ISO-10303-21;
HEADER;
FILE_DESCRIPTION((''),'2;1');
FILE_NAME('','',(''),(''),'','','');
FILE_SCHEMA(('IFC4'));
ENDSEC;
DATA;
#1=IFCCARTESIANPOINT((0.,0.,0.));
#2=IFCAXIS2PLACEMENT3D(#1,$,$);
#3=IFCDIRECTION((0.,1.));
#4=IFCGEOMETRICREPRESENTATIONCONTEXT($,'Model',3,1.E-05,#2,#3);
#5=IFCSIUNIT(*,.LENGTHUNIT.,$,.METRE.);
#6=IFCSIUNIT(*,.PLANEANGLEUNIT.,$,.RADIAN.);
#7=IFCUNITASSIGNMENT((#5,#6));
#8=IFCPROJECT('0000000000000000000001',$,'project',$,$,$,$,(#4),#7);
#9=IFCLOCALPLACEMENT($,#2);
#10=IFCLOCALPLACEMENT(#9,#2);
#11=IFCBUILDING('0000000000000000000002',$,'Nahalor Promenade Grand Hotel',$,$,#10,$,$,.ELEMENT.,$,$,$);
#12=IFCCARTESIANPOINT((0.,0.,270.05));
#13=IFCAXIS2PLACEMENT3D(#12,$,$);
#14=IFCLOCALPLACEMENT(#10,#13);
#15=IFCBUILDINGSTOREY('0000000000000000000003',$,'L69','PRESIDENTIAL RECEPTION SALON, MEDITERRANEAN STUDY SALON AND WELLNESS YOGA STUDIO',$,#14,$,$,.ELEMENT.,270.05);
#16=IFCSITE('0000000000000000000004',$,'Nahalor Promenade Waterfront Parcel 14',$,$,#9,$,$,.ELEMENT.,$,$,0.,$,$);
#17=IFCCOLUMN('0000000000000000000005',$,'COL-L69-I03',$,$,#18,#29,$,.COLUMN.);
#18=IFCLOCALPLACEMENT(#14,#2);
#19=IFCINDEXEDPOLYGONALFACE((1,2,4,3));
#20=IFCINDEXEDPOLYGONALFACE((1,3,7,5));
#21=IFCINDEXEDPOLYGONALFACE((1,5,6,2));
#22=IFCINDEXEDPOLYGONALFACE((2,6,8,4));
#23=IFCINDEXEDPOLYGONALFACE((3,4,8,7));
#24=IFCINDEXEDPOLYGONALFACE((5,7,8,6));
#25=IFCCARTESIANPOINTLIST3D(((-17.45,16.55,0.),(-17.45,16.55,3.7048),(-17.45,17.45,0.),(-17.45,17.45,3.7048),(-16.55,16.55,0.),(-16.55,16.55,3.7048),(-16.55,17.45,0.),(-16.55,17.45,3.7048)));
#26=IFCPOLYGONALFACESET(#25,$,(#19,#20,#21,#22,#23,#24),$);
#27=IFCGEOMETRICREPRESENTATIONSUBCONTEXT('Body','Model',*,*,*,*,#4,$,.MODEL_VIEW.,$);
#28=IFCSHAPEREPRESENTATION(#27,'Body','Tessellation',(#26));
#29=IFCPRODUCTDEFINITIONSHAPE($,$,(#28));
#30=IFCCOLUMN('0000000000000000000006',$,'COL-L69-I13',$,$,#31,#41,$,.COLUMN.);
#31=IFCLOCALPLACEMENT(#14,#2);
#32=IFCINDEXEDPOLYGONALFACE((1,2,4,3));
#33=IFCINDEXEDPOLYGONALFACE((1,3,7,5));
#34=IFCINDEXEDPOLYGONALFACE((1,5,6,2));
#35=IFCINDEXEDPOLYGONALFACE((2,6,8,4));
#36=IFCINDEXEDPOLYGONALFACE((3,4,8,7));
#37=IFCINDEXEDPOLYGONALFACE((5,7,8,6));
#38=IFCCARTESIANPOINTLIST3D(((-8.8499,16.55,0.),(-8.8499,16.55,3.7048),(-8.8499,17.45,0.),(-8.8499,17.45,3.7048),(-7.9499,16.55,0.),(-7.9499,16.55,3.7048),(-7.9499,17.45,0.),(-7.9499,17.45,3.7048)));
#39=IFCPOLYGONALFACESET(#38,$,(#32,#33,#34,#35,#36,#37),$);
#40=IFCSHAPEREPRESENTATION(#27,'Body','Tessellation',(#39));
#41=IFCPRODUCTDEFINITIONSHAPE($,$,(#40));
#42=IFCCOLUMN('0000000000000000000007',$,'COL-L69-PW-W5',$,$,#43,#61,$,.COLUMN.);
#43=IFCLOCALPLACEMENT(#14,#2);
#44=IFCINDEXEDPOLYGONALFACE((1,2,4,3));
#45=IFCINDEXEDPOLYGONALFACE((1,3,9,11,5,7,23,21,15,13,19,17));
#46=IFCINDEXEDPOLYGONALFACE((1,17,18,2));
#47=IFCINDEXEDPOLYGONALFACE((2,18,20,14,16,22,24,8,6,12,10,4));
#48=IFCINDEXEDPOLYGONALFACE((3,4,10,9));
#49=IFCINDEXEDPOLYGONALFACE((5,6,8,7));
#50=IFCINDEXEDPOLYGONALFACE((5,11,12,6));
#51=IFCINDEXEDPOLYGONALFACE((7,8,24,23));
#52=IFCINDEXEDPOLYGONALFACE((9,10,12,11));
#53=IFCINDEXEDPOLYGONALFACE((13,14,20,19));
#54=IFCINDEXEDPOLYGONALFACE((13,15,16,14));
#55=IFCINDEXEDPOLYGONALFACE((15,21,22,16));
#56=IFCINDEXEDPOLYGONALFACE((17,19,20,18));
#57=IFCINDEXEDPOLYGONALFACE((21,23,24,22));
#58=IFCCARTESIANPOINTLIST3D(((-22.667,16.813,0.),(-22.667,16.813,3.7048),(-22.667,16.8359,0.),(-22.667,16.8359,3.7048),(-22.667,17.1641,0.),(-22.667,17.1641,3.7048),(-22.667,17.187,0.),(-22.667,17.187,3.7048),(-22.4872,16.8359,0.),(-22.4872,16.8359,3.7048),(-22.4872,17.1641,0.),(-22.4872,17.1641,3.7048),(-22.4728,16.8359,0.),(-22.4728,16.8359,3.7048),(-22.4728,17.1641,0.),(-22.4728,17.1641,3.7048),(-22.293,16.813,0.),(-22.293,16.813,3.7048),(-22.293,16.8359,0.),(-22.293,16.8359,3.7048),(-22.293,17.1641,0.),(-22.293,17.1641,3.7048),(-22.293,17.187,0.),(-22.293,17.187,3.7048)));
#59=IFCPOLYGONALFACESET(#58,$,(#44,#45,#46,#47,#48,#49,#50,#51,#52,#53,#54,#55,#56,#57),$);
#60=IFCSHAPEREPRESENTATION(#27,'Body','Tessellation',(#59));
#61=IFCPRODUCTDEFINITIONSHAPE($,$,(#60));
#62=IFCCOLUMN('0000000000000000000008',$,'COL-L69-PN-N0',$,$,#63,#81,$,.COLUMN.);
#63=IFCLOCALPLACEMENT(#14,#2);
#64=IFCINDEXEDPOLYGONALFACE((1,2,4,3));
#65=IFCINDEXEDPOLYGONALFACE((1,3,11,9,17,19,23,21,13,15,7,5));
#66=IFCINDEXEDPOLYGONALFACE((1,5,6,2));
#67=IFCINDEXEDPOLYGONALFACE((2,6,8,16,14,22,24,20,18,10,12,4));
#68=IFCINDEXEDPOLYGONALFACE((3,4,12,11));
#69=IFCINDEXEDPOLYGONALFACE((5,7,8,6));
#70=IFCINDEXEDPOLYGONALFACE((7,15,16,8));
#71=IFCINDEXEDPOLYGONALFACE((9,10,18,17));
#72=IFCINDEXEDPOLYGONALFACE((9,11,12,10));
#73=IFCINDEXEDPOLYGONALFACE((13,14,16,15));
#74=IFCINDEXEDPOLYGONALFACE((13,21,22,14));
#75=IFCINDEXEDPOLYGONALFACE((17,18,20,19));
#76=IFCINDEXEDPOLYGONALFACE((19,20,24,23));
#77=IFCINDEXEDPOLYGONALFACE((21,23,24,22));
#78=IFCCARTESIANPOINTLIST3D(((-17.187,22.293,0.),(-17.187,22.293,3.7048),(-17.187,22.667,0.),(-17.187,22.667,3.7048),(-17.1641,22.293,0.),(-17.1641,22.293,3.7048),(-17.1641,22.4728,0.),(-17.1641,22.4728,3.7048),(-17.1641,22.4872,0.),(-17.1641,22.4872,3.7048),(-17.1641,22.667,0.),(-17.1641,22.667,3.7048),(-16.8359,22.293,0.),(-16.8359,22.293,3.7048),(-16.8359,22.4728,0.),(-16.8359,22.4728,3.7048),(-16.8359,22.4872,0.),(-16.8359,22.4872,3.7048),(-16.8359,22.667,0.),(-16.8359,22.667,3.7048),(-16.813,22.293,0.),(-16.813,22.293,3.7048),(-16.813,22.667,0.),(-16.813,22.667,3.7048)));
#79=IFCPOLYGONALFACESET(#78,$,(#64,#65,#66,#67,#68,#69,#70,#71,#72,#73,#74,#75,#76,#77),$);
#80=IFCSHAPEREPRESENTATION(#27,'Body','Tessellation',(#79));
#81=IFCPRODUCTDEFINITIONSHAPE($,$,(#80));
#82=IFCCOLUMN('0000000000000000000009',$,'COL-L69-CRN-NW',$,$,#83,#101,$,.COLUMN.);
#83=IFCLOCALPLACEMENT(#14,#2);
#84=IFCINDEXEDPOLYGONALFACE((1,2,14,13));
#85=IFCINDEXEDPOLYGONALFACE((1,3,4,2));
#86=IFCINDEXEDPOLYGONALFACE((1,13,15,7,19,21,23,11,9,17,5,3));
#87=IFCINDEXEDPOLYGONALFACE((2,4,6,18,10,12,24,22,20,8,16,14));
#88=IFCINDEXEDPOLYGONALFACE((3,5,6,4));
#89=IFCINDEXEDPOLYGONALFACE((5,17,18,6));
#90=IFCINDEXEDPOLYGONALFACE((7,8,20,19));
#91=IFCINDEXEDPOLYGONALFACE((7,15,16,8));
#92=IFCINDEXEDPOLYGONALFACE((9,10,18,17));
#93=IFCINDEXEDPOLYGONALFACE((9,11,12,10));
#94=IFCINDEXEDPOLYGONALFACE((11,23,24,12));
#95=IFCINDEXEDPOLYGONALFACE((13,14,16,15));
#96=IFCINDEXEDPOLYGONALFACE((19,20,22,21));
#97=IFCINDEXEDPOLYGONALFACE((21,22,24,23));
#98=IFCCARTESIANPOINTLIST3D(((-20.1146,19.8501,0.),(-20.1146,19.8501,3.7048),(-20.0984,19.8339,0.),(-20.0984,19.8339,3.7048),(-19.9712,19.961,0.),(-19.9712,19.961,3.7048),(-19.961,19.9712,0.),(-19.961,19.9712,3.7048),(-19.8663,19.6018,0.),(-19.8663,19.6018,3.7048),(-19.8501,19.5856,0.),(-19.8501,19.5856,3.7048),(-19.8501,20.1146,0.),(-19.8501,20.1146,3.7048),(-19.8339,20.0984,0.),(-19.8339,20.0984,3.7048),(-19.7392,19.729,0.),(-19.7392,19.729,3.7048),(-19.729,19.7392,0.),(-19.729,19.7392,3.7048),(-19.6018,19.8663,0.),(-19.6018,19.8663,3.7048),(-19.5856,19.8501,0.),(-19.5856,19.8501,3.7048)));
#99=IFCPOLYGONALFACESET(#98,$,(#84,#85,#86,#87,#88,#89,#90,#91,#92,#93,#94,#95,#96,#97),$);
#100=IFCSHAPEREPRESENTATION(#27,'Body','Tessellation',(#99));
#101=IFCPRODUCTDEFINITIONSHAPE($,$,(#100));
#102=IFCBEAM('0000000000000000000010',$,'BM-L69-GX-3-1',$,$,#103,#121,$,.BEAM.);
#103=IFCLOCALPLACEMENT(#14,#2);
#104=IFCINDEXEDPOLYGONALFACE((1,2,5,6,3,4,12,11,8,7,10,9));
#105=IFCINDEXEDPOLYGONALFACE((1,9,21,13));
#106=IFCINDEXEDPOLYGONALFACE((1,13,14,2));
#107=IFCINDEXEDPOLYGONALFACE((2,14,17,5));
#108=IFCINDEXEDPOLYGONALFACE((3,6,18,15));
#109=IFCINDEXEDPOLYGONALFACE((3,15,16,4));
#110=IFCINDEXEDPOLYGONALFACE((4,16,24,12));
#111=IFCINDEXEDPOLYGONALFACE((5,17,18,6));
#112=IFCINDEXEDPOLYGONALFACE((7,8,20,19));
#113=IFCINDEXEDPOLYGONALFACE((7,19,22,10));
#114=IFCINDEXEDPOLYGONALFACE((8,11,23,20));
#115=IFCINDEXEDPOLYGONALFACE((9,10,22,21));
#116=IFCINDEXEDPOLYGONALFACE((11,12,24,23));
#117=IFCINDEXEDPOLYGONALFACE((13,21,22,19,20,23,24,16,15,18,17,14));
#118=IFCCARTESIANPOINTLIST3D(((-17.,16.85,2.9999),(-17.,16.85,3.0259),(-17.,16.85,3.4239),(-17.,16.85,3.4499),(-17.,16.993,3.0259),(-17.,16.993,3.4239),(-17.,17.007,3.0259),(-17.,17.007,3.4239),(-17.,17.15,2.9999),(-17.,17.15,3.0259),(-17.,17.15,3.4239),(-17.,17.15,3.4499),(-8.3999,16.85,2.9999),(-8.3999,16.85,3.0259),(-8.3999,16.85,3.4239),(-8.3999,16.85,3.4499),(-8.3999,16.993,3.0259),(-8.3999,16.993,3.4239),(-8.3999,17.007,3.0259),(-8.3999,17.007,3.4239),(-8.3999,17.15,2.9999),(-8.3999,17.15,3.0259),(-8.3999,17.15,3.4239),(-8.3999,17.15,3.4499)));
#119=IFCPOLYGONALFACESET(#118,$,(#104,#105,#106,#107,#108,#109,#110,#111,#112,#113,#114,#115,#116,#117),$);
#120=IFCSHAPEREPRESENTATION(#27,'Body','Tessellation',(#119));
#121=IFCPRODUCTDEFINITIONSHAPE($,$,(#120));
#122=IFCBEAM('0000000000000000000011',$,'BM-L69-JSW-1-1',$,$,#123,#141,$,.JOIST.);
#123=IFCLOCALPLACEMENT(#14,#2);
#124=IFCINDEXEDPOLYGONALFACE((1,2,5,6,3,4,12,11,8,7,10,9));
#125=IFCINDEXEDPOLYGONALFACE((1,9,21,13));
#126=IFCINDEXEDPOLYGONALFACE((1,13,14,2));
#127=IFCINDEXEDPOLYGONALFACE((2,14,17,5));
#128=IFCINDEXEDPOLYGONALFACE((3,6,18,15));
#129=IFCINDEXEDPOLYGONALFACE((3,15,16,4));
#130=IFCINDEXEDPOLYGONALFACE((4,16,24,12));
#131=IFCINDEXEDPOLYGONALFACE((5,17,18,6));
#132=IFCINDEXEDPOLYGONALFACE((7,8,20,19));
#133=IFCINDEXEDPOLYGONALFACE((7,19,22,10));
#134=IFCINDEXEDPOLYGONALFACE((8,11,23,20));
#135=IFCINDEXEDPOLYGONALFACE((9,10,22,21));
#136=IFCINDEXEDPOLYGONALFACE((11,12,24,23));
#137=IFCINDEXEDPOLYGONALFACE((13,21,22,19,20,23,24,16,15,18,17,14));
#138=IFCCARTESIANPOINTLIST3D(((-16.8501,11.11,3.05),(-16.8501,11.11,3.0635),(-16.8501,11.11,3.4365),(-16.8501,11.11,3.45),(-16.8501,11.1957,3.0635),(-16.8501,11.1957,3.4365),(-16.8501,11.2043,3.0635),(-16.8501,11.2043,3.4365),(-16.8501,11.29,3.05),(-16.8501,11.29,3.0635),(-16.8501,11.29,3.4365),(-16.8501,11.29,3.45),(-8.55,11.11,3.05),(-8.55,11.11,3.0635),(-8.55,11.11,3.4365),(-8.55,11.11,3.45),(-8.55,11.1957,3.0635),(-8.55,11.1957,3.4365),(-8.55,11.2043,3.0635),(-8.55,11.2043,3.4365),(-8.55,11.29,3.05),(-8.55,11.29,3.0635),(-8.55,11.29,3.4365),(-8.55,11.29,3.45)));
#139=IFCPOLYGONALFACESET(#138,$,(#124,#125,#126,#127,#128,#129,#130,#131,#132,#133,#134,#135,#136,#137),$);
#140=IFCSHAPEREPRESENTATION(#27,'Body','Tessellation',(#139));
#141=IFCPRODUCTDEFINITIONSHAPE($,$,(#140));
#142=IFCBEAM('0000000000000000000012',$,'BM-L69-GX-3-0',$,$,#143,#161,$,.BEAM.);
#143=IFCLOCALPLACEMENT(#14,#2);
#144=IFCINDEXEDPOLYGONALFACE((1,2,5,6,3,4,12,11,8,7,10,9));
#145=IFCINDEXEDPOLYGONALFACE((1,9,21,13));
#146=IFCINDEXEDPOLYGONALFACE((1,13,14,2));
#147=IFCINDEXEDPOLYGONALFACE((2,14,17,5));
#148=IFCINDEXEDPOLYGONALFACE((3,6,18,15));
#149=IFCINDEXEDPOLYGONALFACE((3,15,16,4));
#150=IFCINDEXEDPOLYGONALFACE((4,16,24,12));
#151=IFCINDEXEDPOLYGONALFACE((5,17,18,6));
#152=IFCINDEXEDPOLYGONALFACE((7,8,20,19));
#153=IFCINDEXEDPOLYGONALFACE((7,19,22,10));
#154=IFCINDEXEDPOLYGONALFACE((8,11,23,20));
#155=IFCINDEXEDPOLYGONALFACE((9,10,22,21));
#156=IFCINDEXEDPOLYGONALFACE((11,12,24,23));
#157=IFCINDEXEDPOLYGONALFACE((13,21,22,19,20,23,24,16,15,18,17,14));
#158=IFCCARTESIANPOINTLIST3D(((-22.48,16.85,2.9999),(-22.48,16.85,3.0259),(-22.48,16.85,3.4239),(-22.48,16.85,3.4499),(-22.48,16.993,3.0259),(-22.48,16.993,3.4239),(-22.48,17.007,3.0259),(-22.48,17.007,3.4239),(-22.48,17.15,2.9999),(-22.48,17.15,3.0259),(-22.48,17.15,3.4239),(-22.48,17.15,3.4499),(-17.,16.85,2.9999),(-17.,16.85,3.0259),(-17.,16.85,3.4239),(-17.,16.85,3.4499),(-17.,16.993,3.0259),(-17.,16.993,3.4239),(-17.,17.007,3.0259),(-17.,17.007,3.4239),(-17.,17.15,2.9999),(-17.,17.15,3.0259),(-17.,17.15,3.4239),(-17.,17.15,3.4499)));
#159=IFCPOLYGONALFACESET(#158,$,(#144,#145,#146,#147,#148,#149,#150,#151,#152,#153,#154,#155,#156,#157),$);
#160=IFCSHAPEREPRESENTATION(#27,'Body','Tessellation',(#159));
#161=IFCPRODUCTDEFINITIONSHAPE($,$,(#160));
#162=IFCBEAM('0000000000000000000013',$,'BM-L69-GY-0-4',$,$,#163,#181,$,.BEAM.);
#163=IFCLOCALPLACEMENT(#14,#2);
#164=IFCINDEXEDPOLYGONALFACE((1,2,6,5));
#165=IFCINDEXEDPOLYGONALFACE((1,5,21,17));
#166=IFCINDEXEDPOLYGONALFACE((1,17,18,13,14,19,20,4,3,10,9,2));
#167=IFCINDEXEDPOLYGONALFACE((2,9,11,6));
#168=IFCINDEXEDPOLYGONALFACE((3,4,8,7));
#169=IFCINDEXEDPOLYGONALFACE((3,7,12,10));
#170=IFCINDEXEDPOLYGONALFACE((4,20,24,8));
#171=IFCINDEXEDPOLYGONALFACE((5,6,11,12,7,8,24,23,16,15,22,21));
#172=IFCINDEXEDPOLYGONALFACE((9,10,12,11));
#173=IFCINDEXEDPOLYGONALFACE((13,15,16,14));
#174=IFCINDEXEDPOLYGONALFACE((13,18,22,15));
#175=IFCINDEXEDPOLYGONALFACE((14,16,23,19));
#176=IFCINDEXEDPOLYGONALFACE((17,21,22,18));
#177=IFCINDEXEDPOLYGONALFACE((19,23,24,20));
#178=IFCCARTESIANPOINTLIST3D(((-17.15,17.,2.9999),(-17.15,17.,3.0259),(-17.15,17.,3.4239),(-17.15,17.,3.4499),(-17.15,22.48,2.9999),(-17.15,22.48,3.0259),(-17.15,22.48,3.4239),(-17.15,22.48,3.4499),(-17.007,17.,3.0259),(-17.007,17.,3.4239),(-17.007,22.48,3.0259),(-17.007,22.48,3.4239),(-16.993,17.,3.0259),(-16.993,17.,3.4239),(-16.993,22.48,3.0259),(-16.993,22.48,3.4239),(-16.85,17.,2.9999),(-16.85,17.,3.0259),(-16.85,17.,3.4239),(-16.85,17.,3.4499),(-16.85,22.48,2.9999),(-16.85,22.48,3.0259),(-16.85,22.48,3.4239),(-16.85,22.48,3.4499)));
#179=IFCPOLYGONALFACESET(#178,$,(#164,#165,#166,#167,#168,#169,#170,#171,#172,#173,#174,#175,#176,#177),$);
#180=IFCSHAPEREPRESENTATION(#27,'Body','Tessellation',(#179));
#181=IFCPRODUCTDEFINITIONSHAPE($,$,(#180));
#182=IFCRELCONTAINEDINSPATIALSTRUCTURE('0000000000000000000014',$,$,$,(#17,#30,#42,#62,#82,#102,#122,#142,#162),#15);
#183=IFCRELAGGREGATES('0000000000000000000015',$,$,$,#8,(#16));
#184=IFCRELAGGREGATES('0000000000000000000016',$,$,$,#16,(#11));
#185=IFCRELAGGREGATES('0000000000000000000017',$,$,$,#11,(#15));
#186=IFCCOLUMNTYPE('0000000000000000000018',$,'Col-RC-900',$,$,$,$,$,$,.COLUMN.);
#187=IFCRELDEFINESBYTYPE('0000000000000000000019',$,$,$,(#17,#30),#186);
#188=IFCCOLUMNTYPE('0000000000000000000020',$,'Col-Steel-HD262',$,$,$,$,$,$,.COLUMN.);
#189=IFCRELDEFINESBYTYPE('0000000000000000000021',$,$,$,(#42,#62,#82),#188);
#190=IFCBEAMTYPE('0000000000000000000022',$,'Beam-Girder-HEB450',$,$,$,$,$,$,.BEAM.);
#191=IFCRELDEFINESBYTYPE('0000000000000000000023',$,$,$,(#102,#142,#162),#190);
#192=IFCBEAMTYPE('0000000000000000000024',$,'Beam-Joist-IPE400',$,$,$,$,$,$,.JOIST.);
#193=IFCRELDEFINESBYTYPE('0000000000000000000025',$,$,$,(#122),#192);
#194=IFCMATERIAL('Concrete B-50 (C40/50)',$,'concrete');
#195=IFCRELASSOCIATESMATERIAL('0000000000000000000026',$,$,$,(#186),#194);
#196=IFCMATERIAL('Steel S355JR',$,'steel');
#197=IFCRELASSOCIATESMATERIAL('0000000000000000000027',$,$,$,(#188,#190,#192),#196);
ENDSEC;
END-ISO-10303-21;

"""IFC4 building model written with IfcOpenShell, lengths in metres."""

from ifc_helpers import new_model, si_unit, direction, frame, origin, origin_2d, place, context, subcontext, project, spatial, rectangle, i_section, extrude, source, transform, mapped, material, material_profile, profile_set, type_object, element, save


model = new_model("IFC4")

# Units and contexts
model_context = context("Model", 3, precision=1e-05, world=origin(), true_north=direction((0.0, 1.0)))
body_context = subcontext(model_context, "Body", "Model", "MODEL_VIEW")
ifc_project = project(units=[si_unit("LENGTHUNIT", "METRE"), si_unit("PLANEANGLEUNIT", "RADIAN")], contexts=[model_context])

# Site, building, storey
site_placement = place(None, origin())
site = spatial("IfcSite", under=ifc_project, at=site_placement, Name="Nahalor Promenade Waterfront Parcel 14", CompositionType="ELEMENT", RefElevation=0.0)
building_placement = place(site_placement, origin())
building = spatial("IfcBuilding", under=site, at=building_placement, Name="Nahalor Promenade Grand Hotel", CompositionType="ELEMENT")
storey_placement = place(building_placement, frame((0.0, 0.0, 270.05)))
storey = spatial("IfcBuildingStorey", under=building, at=storey_placement, Name="L69", Description="PRESIDENTIAL RECEPTION SALON, MEDITERRANEAN STUDY SALON AND WELLNESS YOGA STUDIO", CompositionType="ELEMENT", Elevation=270.05)

# Columns
ifc_material_1 = material(Name="Concrete B-50 (C40/50)", Category="concrete")
ifc_material_profile_1 = material_profile(ifc_material_1, rectangle(XDim=0.9, YDim=0.9, at=origin_2d()), Name="RC 900x900")
ifc_profile_set_1 = profile_set([ifc_material_profile_1], Name="Concrete B-50 (C40/50)")
column_type_1 = type_object("IfcColumnType", Name="Col-RC-900", PredefinedType="COLUMN", material=ifc_profile_set_1)
shared_shape_1 = source(origin(), body_context, "Body", "SweptSolid", [
    extrude(rectangle(XDim=0.9, YDim=0.9, at=origin_2d()), origin(), (0.0, 0.0, 1.0), 3.7048),
])
for number, where, z_axis, x_axis, name in (
    (1, (-17.0, 17.0, 0.0), (0.0, 0.0, 1.0), (1.0, 0.0, 0.0), "COL-L69-I03"),
    (2, (-8.3999, 17.0, 0.0), (0.0, 0.0, 1.0), (1.0, 0.0, 0.0), "COL-L69-I13"),
):
    element("IfcColumn", number, at=place(storey_placement, frame(where, z_axis=z_axis, x_axis=x_axis)), inside=storey, type_object=column_type_1, Name=name, PredefinedType="COLUMN", context=body_context, shape_type="MappedRepresentation", body=[
        mapped(shared_shape_1, transform((0.0, 0.0, 0.0), scale=1.0)),
    ])
ifc_material_2 = material(Name="Steel S355JR", Category="steel")
ifc_material_profile_2 = material_profile(ifc_material_2, i_section(OverallWidth=0.374, OverallDepth=0.374, WebThickness=0.0144, FlangeThickness=0.0229, at=origin_2d()), Name="HD 360x262")
ifc_profile_set_2 = profile_set([ifc_material_profile_2], Name="Steel S355JR")
column_type_2 = type_object("IfcColumnType", Name="Col-Steel-HD262", PredefinedType="COLUMN", material=ifc_profile_set_2)
shared_shape_2 = source(origin(), body_context, "Body", "SweptSolid", [
    extrude(i_section(OverallWidth=0.374, OverallDepth=0.374, WebThickness=0.0144, FlangeThickness=0.0229, at=origin_2d()), origin(), (0.0, 0.0, 1.0), 3.7048),
])
for number, where, z_axis, x_axis, name in (
    (3, (-22.48, 17.0, 0.0), (0.0, 0.0, 1.0), (1.0, 0.0, 0.0), "COL-L69-PW-W5"),
    (4, (-17.0, 22.48, 0.0), (0.0, 0.0, 1.0), (0.0, 1.0, 0.0), "COL-L69-PN-N0"),
    (5, (-19.8501, 19.8501, 0.0), (0.0, 0.0, 1.0), (0.707107, 0.707107, 0.0), "COL-L69-CRN-NW"),
):
    element("IfcColumn", number, at=place(storey_placement, frame(where, z_axis=z_axis, x_axis=x_axis)), inside=storey, type_object=column_type_2, Name=name, PredefinedType="COLUMN", context=body_context, shape_type="MappedRepresentation", body=[
        mapped(shared_shape_2, transform((0.0, 0.0, 0.0), scale=1.0)),
    ])

# Beams
ifc_material_profile_3 = material_profile(ifc_material_2, i_section(OverallWidth=0.3, OverallDepth=0.45, WebThickness=0.014, FlangeThickness=0.026, at=origin_2d()), Name="HEB 450")
ifc_profile_set_3 = profile_set([ifc_material_profile_3], Name="Steel S355JR")
beam_type_1 = type_object("IfcBeamType", Name="Beam-Girder-HEB450", PredefinedType="BEAM", material=ifc_profile_set_3)
shared_shape_3 = source(origin(), body_context, "Body", "SweptSolid", [
    extrude(i_section(OverallWidth=0.3, OverallDepth=0.45, WebThickness=0.014, FlangeThickness=0.026, at=origin_2d()), origin(), (0.0, 0.0, 1.0), 8.6001),
])
beam_1_placement = place(storey_placement, frame((-17.0, 17.0, 3.2249), z_axis=(1.0, 0.0, 0.0), x_axis=(0.0, 1.0, 0.0)))
element("IfcBeam", 6, at=beam_1_placement, inside=storey, type_object=beam_type_1, Name="BM-L69-GX-3-1", PredefinedType="BEAM", context=body_context, shape_type="MappedRepresentation", body=[
    mapped(shared_shape_3, transform((0.0, 0.0, 0.0), scale=1.0)),
])
ifc_material_profile_4 = material_profile(ifc_material_2, i_section(OverallWidth=0.18, OverallDepth=0.4, WebThickness=0.0086, FlangeThickness=0.0135, at=origin_2d()), Name="IPE 400")
ifc_profile_set_4 = profile_set([ifc_material_profile_4], Name="Steel S355JR")
beam_type_2 = type_object("IfcBeamType", Name="Beam-Joist-IPE400", PredefinedType="JOIST", material=ifc_profile_set_4)
shared_shape_4 = source(origin(), body_context, "Body", "SweptSolid", [
    extrude(i_section(OverallWidth=0.18, OverallDepth=0.4, WebThickness=0.0086, FlangeThickness=0.0135, at=origin_2d()), origin(), (0.0, 0.0, 1.0), 8.3),
])
beam_2_placement = place(storey_placement, frame((-16.8501, 11.2, 3.25), z_axis=(1.0, 0.0, 0.0), x_axis=(0.0, 1.0, 0.0)))
element("IfcBeam", 7, at=beam_2_placement, inside=storey, type_object=beam_type_2, Name="BM-L69-JSW-1-1", PredefinedType="JOIST", context=body_context, shape_type="MappedRepresentation", body=[
    mapped(shared_shape_4, transform((0.0, 0.0, 0.0), scale=1.0)),
])
shared_shape_5 = source(origin(), body_context, "Body", "SweptSolid", [
    extrude(i_section(OverallWidth=0.3, OverallDepth=0.45, WebThickness=0.014, FlangeThickness=0.026, at=origin_2d()), origin(), (0.0, 0.0, 1.0), 5.48),
])
for number, where, z_axis, x_axis, name in (
    (8, (-22.48, 17.0, 3.2249), (1.0, 0.0, 0.0), (0.0, 1.0, 0.0), "BM-L69-GX-3-0"),
    (9, (-17.0, 17.0, 3.2249), (0.0, 1.0, 0.0), (-1.0, 0.0, 0.0), "BM-L69-GY-0-4"),
):
    element("IfcBeam", number, at=place(storey_placement, frame(where, z_axis=z_axis, x_axis=x_axis)), inside=storey, type_object=beam_type_1, Name=name, PredefinedType="BEAM", context=body_context, shape_type="MappedRepresentation", body=[
        mapped(shared_shape_5, transform((0.0, 0.0, 0.0), scale=1.0)),
    ])

save(model, "model.ifc")
